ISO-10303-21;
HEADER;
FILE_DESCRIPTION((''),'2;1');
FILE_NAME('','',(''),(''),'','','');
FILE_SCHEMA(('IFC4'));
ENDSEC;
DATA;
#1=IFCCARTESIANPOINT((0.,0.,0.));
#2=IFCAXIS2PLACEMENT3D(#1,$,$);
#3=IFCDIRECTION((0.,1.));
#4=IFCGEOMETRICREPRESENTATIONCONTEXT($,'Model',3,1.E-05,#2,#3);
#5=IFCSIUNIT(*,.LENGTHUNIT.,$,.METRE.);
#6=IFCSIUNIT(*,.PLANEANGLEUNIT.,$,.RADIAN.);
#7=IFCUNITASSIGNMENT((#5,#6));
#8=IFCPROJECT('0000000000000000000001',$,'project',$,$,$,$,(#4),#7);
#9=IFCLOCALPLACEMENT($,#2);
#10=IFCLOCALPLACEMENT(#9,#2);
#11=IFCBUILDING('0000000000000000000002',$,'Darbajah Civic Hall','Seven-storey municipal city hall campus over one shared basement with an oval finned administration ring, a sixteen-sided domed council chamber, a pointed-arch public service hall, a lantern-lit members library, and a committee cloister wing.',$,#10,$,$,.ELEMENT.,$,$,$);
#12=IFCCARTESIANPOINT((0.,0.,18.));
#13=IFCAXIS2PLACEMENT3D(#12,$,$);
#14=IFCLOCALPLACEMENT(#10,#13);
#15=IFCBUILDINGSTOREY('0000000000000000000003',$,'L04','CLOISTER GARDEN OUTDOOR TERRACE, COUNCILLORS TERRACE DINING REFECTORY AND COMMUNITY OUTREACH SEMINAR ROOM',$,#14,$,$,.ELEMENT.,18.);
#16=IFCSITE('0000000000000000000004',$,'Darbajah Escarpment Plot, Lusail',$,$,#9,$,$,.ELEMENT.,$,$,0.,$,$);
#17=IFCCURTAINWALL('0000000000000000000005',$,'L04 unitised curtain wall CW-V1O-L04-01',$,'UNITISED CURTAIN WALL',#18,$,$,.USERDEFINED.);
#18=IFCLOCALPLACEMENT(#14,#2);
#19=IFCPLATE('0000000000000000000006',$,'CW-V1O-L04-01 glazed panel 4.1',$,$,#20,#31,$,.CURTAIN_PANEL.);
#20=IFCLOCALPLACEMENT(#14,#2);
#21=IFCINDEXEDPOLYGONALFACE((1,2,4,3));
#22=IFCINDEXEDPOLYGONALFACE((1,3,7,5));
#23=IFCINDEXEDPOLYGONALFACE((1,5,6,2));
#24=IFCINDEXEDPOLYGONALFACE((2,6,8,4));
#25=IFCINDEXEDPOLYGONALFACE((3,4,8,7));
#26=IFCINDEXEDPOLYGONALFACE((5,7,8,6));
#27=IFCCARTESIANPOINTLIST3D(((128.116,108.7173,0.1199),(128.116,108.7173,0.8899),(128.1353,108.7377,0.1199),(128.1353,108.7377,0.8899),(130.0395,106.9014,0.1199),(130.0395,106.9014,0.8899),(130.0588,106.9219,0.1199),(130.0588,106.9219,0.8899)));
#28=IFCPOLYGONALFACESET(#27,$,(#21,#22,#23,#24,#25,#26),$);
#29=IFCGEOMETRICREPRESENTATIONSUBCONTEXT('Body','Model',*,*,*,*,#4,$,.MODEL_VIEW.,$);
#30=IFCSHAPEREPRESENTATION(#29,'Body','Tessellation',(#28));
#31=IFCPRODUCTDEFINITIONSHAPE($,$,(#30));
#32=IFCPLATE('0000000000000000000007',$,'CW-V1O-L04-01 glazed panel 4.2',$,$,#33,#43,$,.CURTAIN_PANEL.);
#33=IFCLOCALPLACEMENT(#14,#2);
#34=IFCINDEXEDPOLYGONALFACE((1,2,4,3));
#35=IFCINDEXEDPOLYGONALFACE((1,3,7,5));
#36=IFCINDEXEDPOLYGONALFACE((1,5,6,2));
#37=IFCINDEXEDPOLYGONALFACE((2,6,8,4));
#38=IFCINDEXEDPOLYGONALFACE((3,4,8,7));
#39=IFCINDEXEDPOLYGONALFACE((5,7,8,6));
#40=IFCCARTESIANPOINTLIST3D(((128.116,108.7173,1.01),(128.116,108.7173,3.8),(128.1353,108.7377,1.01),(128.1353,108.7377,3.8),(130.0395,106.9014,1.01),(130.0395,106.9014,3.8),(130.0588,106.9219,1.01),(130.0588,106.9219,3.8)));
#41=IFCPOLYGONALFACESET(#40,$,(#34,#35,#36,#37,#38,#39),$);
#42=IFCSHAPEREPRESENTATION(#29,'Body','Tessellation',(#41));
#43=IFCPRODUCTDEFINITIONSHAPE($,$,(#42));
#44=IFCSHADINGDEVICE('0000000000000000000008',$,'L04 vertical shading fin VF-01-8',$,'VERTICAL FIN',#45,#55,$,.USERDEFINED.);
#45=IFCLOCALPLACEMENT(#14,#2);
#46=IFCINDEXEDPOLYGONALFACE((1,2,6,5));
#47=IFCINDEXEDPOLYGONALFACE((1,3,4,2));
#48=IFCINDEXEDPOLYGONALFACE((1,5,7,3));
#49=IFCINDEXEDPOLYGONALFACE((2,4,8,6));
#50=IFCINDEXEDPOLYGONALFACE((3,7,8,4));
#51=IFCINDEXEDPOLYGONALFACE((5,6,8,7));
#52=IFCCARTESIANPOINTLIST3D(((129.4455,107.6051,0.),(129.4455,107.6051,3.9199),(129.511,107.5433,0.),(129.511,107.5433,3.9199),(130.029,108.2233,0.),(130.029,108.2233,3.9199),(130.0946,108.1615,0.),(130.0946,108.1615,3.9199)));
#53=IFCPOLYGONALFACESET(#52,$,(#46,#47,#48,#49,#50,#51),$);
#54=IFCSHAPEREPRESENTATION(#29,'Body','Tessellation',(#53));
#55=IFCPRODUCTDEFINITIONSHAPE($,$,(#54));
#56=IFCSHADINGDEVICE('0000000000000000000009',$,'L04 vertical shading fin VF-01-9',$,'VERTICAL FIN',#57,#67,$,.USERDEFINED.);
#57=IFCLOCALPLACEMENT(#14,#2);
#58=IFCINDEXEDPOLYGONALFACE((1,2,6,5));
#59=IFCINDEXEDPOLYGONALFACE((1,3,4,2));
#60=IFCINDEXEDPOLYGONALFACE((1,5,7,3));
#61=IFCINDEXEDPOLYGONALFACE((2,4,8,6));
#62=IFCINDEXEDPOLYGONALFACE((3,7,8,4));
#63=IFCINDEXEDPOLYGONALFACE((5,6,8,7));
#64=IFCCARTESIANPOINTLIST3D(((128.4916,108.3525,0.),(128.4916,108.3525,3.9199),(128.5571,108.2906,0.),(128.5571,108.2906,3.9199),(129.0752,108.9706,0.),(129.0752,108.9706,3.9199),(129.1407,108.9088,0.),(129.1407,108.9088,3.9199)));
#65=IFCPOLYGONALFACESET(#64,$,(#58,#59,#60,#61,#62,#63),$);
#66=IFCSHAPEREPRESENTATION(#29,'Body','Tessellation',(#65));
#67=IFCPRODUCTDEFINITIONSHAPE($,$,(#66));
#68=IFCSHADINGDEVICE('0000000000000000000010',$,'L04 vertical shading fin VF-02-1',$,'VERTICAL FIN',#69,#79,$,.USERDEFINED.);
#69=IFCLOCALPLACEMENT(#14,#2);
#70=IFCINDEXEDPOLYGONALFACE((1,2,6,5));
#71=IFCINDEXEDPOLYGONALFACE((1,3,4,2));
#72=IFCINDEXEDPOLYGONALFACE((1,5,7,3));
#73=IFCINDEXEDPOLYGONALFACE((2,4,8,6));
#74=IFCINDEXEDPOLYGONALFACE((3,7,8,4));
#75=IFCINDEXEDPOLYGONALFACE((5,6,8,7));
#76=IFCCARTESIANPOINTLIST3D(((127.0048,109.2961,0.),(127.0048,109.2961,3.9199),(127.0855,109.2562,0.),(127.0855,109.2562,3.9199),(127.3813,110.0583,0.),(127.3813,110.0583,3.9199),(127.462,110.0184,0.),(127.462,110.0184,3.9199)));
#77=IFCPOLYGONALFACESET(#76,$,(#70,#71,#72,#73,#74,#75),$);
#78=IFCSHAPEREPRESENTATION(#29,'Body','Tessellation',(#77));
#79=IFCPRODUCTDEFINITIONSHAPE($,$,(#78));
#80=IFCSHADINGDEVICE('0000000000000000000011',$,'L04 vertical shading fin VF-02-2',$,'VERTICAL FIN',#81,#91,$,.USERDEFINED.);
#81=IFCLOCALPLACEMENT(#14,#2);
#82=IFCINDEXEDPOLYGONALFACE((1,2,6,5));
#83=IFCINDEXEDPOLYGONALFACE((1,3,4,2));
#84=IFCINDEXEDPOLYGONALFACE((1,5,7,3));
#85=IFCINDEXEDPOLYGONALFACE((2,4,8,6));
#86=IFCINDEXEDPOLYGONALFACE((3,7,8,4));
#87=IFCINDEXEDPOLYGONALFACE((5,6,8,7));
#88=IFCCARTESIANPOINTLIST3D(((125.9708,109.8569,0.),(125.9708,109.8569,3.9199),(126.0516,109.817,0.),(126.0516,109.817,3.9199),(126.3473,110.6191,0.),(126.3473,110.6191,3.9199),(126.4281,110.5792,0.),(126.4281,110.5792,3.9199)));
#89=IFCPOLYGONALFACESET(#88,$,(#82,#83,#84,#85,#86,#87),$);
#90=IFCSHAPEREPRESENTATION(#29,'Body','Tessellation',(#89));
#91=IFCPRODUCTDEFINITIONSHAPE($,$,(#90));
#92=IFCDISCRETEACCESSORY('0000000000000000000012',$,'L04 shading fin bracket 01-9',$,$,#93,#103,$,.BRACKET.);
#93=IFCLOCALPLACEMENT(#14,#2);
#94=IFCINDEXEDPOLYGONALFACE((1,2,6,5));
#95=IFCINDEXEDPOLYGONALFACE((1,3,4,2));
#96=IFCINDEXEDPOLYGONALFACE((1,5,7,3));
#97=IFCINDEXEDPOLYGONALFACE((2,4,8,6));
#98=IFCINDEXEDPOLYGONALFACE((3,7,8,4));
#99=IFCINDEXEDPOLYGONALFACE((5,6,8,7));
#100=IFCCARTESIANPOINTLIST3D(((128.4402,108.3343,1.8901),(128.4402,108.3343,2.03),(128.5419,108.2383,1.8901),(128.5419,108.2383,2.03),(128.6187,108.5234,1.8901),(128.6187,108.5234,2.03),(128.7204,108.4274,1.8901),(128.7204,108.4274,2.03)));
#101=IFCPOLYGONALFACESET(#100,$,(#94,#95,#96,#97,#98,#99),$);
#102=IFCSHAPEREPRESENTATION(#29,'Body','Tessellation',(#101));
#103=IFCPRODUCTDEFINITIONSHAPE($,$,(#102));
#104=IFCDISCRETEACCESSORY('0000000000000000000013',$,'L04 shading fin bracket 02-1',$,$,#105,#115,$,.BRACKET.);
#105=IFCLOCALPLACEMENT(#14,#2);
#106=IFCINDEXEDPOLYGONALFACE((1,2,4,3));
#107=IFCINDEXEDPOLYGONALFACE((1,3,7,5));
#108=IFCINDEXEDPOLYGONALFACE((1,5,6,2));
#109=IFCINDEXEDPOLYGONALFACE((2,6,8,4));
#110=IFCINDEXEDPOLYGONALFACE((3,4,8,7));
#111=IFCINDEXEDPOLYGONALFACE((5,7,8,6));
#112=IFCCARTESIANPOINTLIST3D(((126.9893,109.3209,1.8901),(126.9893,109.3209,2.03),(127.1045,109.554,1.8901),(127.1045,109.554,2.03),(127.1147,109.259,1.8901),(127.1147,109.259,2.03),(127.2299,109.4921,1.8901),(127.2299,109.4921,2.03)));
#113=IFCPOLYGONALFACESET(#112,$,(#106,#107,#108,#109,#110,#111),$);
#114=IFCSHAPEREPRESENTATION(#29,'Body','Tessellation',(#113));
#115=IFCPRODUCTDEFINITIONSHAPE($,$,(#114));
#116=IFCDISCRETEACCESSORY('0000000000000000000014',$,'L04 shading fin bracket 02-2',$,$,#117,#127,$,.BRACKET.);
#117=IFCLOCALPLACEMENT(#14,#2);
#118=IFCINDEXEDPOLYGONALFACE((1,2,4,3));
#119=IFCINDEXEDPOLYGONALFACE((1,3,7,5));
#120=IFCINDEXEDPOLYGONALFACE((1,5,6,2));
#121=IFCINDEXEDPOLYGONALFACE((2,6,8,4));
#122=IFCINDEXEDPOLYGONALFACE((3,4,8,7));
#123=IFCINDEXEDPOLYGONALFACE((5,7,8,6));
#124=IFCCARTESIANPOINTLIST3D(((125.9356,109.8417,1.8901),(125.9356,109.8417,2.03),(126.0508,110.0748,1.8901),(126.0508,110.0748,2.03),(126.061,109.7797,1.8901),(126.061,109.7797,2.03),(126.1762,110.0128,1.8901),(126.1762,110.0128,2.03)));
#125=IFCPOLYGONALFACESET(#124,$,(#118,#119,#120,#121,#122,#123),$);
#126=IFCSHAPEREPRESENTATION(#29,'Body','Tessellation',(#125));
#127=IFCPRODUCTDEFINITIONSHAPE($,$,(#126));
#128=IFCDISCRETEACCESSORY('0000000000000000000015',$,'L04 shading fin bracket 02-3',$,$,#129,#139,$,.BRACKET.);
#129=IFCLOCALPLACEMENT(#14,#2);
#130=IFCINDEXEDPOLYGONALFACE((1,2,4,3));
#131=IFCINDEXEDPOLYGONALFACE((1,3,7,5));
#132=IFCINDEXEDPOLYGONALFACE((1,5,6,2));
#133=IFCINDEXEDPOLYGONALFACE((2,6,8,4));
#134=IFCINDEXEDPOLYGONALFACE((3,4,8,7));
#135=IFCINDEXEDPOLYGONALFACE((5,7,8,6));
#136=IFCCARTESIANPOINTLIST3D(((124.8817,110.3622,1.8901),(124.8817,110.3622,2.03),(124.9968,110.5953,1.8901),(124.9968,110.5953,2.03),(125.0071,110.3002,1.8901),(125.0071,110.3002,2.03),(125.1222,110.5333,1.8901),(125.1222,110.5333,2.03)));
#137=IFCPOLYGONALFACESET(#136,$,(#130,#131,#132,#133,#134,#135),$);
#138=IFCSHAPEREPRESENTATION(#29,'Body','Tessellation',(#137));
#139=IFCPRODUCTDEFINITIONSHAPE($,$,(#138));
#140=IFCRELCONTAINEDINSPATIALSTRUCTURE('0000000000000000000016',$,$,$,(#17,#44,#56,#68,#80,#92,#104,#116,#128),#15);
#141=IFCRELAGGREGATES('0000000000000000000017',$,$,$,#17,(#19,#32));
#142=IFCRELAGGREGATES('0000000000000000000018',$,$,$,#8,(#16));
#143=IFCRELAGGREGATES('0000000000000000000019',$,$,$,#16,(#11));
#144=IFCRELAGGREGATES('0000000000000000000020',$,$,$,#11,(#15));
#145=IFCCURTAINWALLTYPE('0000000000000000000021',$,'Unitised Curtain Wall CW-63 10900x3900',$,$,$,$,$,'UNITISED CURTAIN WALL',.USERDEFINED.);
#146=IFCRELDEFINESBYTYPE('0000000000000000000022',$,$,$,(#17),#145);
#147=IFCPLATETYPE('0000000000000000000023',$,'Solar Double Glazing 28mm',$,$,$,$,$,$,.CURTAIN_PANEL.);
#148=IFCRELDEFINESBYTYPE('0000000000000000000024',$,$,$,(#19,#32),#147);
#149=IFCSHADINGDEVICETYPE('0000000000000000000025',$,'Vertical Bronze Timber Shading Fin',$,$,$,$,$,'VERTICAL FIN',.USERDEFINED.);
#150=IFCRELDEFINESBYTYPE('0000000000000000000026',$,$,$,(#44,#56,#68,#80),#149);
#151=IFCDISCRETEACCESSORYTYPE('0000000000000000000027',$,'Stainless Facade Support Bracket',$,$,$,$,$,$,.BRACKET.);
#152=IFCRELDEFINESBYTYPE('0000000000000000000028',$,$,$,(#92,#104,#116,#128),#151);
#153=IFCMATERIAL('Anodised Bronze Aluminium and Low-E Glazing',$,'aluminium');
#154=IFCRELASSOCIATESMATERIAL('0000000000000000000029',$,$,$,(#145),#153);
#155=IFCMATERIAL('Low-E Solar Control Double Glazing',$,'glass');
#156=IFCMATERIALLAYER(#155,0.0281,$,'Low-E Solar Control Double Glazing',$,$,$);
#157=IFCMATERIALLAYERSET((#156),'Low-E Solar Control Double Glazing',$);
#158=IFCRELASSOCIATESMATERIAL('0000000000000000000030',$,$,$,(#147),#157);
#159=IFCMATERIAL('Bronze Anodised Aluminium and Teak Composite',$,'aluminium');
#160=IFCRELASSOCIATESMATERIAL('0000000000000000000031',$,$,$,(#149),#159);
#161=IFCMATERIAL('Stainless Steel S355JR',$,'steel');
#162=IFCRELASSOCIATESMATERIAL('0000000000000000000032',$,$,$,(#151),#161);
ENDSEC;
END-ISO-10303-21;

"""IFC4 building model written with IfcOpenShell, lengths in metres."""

from ifc_helpers import new_model, si_unit, direction, frame, origin, origin_2d, place, context, subcontext, project, spatial, rectangle, extrude, material, layer, layer_set, type_object, element, aggregate, save


model = new_model("IFC4")

# Units and contexts
model_context = context("Model", 3, precision=1e-05, world=origin(), true_north=direction((0.0, 1.0)))
body_context = subcontext(model_context, "Body", "Model", "MODEL_VIEW")
ifc_project = project(units=[si_unit("LENGTHUNIT", "METRE"), si_unit("PLANEANGLEUNIT", "RADIAN")], contexts=[model_context])

# Site, building, storey
site_placement = place(None, origin())
site = spatial("IfcSite", under=ifc_project, at=site_placement, Name="Darbajah Escarpment Plot, Lusail", CompositionType="ELEMENT", RefElevation=0.0)
building_placement = place(site_placement, origin())
building = spatial("IfcBuilding", under=site, at=building_placement, Name="Darbajah Civic Hall", Description="Seven-storey municipal city hall campus over one shared basement with an oval finned administration ring, a sixteen-sided domed council chamber, a pointed-arch public service hall, a lantern-lit members library, and a committee cloister wing.", CompositionType="ELEMENT")
storey_placement = place(building_placement, frame((0.0, 0.0, 18.0)))
storey = spatial("IfcBuildingStorey", under=building, at=storey_placement, Name="L04", Description="CLOISTER GARDEN OUTDOOR TERRACE, COUNCILLORS TERRACE DINING REFECTORY AND COMMUNITY OUTREACH SEMINAR ROOM", CompositionType="ELEMENT", Elevation=18.0)

# Shared definitions
ifc_material_1 = material(Name="Anodised Bronze Aluminium and Low-E Glazing", Category="aluminium")

# Curtain wall
curtain_wall_type_1 = type_object("IfcCurtainWallType", Name="Unitised Curtain Wall CW-63 10900x3900", ElementType="UNITISED CURTAIN WALL", PredefinedType="USERDEFINED", material=ifc_material_1)
curtain_wall_1_placement = place(storey_placement, origin())
curtain_wall_1 = element("IfcCurtainWall", 1, at=curtain_wall_1_placement, inside=storey, type_object=curtain_wall_type_1, Name="L04 unitised curtain wall CW-V1O-L04-01", ObjectType="UNITISED CURTAIN WALL", PredefinedType="USERDEFINED")

# Plates
ifc_material_2 = material(Name="Low-E Solar Control Double Glazing", Category="glass")
ifc_layer_1 = layer(ifc_material_2, 0.0281, Name="Low-E Solar Control Double Glazing")
ifc_layer_set_1 = layer_set([ifc_layer_1], Name="Low-E Solar Control Double Glazing")
plate_type_1 = type_object("IfcPlateType", Name="Solar Double Glazing 28mm", PredefinedType="CURTAIN_PANEL", material=ifc_layer_set_1)
plate_1_placement = place(storey_placement, frame((129.0874, 107.8196, 0.1199), z_axis=(0.0, 0.0, 1.0), x_axis=(-0.727174, 0.686453, 0.0)))
plate_1 = element("IfcPlate", 2, at=plate_1_placement, type_object=plate_type_1, Name="CW-V1O-L04-01 glazed panel 4.1", PredefinedType="CURTAIN_PANEL", context=body_context, shape_type="SweptSolid", body=[
    extrude(rectangle(XDim=2.6453, YDim=0.0281, at=origin_2d()), origin(), (0.0, 0.0, 1.0), 0.77),
])
plate_2_placement = place(storey_placement, frame((129.0874, 107.8196, 1.01), z_axis=(0.0, 0.0, 1.0), x_axis=(-0.727174, 0.686453, 0.0)))
plate_2 = element("IfcPlate", 3, at=plate_2_placement, type_object=plate_type_1, Name="CW-V1O-L04-01 glazed panel 4.2", PredefinedType="CURTAIN_PANEL", context=body_context, shape_type="SweptSolid", body=[
    extrude(rectangle(XDim=2.6453, YDim=0.0281, at=origin_2d()), origin(), (0.0, 0.0, 1.0), 2.79),
])
aggregate(curtain_wall_1, [plate_1, plate_2])

# Shading devices
ifc_material_3 = material(Name="Bronze Anodised Aluminium and Teak Composite", Category="aluminium")
shading_device_type = type_object("IfcShadingDeviceType", Name="Vertical Bronze Timber Shading Fin", ElementType="VERTICAL FIN", PredefinedType="USERDEFINED", material=ifc_material_3)
for number, where, z_axis, x_axis, name in (
    (4, (129.77, 107.8833, 0.0), (0.0, 0.0, 1.0), (0.686453, 0.727174, 0.0), "L04 vertical shading fin VF-01-8"),
    (5, (128.8162, 108.6306, 0.0), (0.0, 0.0, 1.0), (0.686453, 0.727174, 0.0), "L04 vertical shading fin VF-01-9"),
    (6, (127.2334, 109.6572, 0.0), (0.0, 0.0, 1.0), (0.442915, 0.896564, 0.0), "L04 vertical shading fin VF-02-1"),
    (7, (126.1995, 110.218, 0.0), (0.0, 0.0, 1.0), (0.442915, 0.896564, 0.0), "L04 vertical shading fin VF-02-2"),
):
    element("IfcShadingDevice", number, at=place(storey_placement, frame(where, z_axis=z_axis, x_axis=x_axis)), inside=storey, type_object=shading_device_type, Name=name, ObjectType="VERTICAL FIN", PredefinedType="USERDEFINED", context=body_context, shape_type="SweptSolid", body=[
        extrude(rectangle(XDim=0.8501, YDim=0.0901, at=origin_2d()), origin(), (0.0, 0.0, 1.0), 3.9199),
    ])

# Discrete accessories
ifc_material_4 = material(Name="Stainless Steel S355JR", Category="steel")
discrete_accessory_type = type_object("IfcDiscreteAccessoryType", Name="Stainless Facade Support Bracket", PredefinedType="BRACKET", material=ifc_material_4)
for number, where, z_axis, x_axis, name in (
    (8, (128.5803, 108.3809, 1.8901), (0.0, 0.0, 1.0), (0.686453, 0.727174, 0.0), "L04 shading fin bracket 01-9"),
    (9, (127.1096, 109.4065, 1.8901), (0.0, 0.0, 1.0), (0.442915, 0.896564, 0.0), "L04 shading fin bracket 02-1"),
    (10, (126.0559, 109.9272, 1.8901), (0.0, 0.0, 1.0), (0.442915, 0.896564, 0.0), "L04 shading fin bracket 02-2"),
    (11, (125.002, 110.4478, 1.8901), (0.0, 0.0, 1.0), (0.442915, 0.896564, 0.0), "L04 shading fin bracket 02-3"),
):
    element("IfcDiscreteAccessory", number, at=place(storey_placement, frame(where, z_axis=z_axis, x_axis=x_axis)), inside=storey, type_object=discrete_accessory_type, Name=name, PredefinedType="BRACKET", context=body_context, shape_type="SweptSolid", body=[
        extrude(rectangle(XDim=0.26, YDim=0.1399, at=origin_2d()), origin(), (0.0, 0.0, 1.0), 0.1399),
    ])

save(model, "model.ifc")
